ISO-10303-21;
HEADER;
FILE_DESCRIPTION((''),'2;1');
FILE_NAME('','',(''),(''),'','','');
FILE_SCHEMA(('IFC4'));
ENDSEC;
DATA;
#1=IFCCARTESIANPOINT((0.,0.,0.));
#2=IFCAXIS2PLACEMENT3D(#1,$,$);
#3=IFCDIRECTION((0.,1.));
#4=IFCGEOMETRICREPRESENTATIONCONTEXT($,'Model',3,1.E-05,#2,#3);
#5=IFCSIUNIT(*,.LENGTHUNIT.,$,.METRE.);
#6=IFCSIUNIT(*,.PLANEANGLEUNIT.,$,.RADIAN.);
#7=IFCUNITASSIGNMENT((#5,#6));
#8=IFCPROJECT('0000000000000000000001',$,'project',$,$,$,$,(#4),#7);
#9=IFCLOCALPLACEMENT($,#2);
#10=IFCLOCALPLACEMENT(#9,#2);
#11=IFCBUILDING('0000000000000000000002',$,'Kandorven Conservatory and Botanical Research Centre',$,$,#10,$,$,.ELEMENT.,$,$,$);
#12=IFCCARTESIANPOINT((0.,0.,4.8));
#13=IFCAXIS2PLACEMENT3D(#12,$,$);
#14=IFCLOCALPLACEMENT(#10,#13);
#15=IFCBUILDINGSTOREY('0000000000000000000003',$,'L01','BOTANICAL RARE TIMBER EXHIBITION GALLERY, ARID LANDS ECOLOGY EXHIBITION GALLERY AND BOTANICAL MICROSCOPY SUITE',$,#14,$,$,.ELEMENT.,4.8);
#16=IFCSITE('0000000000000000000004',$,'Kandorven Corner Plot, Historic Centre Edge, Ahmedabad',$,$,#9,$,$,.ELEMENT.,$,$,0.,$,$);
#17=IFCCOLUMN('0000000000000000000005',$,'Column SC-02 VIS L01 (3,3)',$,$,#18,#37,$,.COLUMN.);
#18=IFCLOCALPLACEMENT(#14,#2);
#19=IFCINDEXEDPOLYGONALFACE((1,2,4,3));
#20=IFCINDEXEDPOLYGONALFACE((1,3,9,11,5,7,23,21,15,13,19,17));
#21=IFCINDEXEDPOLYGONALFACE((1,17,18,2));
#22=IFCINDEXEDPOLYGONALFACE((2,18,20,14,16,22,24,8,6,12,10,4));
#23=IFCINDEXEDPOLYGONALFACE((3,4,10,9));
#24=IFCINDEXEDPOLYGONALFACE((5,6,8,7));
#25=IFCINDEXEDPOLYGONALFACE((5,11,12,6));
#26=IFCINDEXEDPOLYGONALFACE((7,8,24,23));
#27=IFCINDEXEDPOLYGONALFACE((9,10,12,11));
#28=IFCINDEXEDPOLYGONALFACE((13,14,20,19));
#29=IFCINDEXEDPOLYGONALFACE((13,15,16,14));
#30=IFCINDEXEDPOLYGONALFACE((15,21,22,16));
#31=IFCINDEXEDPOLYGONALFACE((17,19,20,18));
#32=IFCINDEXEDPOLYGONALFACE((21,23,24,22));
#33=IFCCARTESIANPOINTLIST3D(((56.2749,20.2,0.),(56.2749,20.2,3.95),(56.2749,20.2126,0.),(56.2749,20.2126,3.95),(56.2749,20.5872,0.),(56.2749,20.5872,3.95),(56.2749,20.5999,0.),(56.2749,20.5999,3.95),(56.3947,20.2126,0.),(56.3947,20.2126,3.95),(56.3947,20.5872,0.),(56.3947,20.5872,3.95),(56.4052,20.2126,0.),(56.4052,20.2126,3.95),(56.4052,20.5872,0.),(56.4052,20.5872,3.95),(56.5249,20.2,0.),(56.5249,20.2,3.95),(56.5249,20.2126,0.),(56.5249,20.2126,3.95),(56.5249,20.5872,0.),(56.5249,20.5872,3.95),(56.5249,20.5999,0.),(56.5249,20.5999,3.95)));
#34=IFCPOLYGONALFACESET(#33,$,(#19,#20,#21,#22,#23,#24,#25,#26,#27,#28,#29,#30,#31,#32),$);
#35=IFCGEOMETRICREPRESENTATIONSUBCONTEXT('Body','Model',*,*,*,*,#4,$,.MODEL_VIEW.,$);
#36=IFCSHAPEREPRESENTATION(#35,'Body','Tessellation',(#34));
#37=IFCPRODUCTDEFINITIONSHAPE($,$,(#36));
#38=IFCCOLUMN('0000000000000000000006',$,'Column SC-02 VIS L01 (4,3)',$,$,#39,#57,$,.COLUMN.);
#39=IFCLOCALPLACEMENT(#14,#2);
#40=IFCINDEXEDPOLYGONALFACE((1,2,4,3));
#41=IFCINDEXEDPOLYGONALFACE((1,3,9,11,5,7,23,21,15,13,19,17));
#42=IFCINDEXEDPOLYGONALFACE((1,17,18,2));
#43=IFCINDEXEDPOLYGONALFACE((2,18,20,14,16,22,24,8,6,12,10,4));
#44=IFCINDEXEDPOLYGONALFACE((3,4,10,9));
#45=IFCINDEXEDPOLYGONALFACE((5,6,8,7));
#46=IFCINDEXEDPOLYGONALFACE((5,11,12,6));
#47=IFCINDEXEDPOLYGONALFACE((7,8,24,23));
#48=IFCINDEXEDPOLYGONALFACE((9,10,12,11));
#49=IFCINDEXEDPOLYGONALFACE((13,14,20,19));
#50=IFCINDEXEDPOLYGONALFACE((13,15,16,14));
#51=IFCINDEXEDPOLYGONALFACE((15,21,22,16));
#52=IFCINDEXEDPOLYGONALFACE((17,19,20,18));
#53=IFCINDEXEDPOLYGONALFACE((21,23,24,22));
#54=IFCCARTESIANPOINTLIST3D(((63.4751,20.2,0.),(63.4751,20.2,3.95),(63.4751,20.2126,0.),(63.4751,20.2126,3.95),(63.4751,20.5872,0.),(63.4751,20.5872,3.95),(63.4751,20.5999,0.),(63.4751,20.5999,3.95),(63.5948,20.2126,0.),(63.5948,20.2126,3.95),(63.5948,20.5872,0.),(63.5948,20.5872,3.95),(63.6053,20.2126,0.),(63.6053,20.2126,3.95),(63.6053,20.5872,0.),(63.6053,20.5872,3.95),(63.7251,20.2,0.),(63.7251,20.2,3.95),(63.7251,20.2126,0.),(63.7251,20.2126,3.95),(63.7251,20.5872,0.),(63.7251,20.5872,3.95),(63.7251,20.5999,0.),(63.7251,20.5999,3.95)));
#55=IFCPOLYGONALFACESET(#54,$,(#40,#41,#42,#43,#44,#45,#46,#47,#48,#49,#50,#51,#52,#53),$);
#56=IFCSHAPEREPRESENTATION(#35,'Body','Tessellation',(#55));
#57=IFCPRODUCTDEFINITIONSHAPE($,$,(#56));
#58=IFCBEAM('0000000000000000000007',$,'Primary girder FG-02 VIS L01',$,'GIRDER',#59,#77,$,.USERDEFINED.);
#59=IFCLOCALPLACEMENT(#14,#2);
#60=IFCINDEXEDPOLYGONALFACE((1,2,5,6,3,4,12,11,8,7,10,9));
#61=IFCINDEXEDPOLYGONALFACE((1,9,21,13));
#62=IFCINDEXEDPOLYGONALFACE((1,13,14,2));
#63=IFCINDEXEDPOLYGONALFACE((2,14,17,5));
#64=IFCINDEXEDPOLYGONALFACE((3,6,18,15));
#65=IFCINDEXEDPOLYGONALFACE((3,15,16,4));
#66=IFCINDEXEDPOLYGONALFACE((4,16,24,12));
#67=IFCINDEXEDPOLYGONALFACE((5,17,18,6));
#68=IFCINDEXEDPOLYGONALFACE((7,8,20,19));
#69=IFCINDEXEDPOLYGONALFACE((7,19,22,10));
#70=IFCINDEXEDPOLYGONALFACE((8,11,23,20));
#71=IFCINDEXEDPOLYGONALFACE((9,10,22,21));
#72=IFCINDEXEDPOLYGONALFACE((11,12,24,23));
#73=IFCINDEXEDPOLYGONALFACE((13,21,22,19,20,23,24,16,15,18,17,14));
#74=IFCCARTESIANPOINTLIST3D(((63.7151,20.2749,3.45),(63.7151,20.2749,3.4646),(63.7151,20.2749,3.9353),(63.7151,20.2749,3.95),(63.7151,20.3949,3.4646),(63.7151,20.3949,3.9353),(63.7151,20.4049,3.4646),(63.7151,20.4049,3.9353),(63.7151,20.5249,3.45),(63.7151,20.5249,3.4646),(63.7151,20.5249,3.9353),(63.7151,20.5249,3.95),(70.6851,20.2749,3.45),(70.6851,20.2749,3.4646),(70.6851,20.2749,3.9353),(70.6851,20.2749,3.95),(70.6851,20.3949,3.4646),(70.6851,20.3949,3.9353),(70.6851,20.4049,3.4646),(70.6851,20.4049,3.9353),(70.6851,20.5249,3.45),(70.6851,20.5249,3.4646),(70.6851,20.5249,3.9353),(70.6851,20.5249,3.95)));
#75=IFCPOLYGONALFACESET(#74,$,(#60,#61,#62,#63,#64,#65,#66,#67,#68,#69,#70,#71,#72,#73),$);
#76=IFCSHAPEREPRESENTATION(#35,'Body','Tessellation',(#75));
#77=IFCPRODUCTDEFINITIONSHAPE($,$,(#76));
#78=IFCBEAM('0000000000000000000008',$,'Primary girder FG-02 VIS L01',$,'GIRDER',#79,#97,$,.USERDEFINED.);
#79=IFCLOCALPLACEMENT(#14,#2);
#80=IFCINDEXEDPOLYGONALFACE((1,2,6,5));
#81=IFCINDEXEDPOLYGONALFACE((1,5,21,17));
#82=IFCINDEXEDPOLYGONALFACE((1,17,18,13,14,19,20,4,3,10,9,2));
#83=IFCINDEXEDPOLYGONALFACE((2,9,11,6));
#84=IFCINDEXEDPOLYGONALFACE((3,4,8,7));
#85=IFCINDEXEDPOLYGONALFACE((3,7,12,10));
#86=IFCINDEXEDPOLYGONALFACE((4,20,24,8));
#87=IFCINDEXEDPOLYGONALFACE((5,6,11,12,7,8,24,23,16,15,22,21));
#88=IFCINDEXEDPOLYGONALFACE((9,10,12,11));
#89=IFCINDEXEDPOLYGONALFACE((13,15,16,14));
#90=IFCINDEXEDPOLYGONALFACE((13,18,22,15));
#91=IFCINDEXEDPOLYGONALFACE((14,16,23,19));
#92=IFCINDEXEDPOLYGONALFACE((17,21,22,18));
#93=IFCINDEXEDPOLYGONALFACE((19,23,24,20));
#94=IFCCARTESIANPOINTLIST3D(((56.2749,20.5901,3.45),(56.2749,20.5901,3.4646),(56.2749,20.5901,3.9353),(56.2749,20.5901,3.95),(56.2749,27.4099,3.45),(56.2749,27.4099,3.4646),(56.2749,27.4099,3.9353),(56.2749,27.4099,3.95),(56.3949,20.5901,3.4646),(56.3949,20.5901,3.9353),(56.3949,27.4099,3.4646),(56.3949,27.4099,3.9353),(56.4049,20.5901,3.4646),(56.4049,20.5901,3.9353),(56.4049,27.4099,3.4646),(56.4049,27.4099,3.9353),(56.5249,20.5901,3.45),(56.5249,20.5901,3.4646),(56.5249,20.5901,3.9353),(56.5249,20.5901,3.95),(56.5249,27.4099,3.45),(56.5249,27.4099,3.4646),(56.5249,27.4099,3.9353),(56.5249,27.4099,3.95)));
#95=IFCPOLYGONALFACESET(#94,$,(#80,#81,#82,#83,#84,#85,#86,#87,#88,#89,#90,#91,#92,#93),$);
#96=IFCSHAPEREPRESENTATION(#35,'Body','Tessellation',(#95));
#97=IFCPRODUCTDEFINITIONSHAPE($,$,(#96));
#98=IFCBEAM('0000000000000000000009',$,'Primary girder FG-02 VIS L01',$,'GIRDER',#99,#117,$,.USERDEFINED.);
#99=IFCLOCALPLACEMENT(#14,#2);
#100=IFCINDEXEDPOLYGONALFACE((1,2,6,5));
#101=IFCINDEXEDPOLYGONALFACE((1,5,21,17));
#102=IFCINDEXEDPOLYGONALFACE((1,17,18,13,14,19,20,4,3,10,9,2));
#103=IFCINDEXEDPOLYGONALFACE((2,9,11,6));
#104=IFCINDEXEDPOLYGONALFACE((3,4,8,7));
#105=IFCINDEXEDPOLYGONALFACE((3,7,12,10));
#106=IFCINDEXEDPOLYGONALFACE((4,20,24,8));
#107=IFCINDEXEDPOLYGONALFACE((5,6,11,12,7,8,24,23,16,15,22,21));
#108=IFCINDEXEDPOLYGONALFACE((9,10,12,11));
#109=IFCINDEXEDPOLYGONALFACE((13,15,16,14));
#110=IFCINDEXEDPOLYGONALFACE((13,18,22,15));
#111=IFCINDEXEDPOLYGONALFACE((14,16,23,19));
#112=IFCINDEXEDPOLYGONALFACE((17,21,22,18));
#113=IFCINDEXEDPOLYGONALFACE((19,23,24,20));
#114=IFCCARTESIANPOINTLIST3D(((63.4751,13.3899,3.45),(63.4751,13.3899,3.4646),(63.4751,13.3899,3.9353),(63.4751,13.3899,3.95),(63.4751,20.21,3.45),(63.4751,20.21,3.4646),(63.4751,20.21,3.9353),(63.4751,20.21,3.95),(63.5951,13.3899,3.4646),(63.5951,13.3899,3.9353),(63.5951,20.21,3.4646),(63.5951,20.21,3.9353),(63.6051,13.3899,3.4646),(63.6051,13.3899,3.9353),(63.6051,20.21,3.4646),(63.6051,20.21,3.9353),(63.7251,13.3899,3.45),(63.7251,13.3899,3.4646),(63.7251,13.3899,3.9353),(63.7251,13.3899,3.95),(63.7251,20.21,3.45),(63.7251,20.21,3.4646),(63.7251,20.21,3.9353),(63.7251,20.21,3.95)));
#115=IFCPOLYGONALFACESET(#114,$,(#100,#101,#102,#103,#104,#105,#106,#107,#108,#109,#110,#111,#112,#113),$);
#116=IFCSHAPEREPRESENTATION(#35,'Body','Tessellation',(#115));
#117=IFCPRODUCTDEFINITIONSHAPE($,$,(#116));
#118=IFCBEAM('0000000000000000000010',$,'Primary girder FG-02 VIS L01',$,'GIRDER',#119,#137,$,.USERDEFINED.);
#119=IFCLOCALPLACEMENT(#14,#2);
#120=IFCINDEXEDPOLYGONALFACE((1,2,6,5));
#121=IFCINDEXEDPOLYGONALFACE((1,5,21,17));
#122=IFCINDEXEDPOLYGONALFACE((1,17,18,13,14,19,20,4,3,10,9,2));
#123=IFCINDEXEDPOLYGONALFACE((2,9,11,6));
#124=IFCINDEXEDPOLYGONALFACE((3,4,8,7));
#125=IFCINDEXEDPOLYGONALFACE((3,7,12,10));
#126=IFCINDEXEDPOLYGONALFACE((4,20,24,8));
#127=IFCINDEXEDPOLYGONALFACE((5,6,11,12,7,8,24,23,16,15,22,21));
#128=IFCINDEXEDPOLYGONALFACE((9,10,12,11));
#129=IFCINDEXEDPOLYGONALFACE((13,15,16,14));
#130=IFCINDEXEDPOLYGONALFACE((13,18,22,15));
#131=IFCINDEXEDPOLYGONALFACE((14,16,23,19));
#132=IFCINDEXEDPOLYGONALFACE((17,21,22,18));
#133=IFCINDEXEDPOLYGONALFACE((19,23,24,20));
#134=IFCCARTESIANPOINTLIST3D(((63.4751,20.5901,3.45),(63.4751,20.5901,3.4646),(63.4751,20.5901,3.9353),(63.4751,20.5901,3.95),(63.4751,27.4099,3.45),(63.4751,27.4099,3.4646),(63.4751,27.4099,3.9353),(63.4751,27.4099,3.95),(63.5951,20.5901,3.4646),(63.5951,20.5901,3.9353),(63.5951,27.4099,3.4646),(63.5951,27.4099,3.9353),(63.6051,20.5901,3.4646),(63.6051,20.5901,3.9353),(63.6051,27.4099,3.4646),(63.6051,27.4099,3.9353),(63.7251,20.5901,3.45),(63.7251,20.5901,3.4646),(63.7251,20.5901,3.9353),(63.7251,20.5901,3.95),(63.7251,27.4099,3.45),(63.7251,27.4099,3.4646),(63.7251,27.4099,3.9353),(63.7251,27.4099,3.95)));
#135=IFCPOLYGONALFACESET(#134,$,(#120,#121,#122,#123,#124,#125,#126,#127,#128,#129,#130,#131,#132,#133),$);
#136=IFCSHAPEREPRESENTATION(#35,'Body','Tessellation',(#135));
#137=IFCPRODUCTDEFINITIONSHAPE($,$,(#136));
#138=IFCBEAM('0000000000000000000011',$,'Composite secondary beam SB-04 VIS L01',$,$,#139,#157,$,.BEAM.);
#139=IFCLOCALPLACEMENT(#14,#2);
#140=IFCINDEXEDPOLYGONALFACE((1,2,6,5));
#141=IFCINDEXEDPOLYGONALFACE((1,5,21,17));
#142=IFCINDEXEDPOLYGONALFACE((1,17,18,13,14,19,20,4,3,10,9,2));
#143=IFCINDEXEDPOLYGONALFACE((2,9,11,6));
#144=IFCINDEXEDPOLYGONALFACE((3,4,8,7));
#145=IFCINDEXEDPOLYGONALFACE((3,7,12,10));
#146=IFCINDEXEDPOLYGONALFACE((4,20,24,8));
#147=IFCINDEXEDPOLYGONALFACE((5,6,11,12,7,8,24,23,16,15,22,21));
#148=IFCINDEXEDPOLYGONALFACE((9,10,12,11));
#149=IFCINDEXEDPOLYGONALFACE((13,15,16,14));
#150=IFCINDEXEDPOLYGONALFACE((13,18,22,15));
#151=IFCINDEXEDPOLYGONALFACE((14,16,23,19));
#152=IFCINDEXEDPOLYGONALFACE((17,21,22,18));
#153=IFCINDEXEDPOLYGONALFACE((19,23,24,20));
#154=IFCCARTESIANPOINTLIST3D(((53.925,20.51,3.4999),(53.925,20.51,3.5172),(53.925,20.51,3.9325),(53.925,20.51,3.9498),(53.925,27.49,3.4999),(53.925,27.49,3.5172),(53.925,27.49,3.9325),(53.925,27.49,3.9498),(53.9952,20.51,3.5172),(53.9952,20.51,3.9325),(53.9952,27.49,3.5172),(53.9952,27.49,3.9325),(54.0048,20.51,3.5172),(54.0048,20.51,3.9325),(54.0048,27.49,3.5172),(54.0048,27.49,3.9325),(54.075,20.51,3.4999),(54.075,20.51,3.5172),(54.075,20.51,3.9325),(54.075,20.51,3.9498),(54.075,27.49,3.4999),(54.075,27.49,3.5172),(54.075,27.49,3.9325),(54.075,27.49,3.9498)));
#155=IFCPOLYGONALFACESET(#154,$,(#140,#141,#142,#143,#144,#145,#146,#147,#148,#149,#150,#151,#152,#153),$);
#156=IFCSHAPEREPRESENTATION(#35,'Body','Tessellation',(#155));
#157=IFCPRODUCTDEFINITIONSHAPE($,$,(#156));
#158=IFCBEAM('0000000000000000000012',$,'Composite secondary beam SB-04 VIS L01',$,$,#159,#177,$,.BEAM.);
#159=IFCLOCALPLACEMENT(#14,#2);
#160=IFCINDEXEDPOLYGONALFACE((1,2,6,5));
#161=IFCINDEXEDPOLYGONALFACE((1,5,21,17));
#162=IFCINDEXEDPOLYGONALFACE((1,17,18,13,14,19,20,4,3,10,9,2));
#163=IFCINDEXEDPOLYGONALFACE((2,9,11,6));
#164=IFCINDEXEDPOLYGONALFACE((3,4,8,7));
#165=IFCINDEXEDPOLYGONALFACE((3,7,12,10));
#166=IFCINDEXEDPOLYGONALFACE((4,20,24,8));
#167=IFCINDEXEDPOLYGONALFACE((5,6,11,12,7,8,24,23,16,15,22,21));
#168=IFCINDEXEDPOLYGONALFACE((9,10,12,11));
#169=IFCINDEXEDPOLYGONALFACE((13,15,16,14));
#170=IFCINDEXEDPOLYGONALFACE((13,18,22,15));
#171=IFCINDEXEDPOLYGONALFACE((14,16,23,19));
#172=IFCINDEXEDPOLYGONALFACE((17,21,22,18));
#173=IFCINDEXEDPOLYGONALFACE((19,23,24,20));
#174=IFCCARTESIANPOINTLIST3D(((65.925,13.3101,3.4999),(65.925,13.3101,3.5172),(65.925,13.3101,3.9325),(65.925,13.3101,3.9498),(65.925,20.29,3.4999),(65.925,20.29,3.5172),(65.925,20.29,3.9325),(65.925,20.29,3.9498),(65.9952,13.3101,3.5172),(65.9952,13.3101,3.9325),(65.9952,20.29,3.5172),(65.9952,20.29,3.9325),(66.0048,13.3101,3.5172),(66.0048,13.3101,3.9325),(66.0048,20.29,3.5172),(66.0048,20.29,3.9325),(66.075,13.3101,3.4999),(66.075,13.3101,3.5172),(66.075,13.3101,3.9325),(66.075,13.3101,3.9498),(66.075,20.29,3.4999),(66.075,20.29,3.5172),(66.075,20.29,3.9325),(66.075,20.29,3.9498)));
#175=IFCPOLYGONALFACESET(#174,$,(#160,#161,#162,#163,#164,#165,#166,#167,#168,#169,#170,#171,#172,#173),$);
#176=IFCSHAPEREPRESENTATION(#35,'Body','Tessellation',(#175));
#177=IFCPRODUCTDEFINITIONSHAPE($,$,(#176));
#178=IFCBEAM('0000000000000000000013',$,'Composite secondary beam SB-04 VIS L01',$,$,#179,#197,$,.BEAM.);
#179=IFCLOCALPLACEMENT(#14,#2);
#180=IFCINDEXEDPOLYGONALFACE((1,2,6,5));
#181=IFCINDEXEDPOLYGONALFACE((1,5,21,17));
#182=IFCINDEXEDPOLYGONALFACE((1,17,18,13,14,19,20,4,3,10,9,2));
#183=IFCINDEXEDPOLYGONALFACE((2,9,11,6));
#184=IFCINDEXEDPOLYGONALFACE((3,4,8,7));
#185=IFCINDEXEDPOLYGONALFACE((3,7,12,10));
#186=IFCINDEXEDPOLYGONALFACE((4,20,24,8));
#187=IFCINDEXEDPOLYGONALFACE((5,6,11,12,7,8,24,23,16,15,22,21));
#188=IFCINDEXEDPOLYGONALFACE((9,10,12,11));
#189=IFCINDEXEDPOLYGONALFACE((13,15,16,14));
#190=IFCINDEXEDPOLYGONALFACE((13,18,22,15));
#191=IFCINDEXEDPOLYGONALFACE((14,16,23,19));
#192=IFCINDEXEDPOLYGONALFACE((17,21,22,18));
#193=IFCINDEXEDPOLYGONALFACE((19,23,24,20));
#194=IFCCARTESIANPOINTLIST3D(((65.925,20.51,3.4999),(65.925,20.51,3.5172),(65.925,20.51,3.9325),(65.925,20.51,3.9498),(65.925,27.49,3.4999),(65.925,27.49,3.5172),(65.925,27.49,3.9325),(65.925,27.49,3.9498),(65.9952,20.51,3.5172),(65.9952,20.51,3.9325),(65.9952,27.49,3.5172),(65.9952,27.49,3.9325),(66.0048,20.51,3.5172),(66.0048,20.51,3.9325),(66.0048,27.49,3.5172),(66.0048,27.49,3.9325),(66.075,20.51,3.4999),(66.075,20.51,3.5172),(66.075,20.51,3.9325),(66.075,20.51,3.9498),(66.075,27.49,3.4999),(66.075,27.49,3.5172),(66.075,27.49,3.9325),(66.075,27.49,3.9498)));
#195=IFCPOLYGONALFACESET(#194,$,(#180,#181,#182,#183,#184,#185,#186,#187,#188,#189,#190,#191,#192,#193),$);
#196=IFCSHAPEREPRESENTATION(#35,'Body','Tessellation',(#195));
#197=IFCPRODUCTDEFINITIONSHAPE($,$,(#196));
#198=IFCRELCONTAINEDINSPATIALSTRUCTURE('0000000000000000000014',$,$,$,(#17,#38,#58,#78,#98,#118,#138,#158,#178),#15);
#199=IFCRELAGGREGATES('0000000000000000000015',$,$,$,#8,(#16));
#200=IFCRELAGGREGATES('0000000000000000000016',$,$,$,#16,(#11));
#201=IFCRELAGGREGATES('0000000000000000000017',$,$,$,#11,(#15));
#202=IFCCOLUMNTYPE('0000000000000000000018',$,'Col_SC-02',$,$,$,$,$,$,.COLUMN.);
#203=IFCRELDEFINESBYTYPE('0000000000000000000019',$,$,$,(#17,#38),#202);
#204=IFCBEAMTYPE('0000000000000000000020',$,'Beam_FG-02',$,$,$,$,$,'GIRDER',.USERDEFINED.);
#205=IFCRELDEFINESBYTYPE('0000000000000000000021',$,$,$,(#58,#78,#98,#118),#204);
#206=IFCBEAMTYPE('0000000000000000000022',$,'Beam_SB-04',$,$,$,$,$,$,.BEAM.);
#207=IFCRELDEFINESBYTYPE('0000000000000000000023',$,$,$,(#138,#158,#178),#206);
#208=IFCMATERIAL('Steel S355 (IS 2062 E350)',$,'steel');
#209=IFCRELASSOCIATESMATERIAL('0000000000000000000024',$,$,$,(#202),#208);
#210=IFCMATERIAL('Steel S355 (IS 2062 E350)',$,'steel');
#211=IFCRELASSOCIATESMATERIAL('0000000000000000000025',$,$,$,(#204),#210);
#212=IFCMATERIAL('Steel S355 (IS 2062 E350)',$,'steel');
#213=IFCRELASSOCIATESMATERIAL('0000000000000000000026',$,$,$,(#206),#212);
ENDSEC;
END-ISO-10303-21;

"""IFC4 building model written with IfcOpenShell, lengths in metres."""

from ifc_helpers import new_model, si_unit, direction, frame, origin, origin_2d, place, context, subcontext, project, spatial, i_section, extrude, material, material_profile, profile_set, type_object, element, save


model = new_model("IFC4")

# Units and contexts
model_context = context("Model", 3, precision=1e-05, world=origin(), true_north=direction((0.0, 1.0)))
body_context = subcontext(model_context, "Body", "Model", "MODEL_VIEW")
ifc_project = project(units=[si_unit("LENGTHUNIT", "METRE"), si_unit("PLANEANGLEUNIT", "RADIAN")], contexts=[model_context])

# Site, building, storey
site_placement = place(None, origin())
site = spatial("IfcSite", under=ifc_project, at=site_placement, Name="Kandorven Corner Plot, Historic Centre Edge, Ahmedabad", CompositionType="ELEMENT", RefElevation=0.0)
building_placement = place(site_placement, origin())
building = spatial("IfcBuilding", under=site, at=building_placement, Name="Kandorven Conservatory and Botanical Research Centre", CompositionType="ELEMENT")
storey_placement = place(building_placement, frame((0.0, 0.0, 4.8)))
storey = spatial("IfcBuildingStorey", under=building, at=storey_placement, Name="L01", Description="BOTANICAL RARE TIMBER EXHIBITION GALLERY, ARID LANDS ECOLOGY EXHIBITION GALLERY AND BOTANICAL MICROSCOPY SUITE", CompositionType="ELEMENT", Elevation=4.8)

# Columns
ifc_material_1 = material(Name="Steel S355 (IS 2062 E350)", Category="steel")
ifc_material_profile_1 = material_profile(ifc_material_1, i_section(OverallWidth=0.25, OverallDepth=0.3999, WebThickness=0.0105, FlangeThickness=0.0127, at=origin_2d()))
ifc_profile_set_1 = profile_set([ifc_material_profile_1], Name="Steel S355 (IS 2062 E350)")
column_type = type_object("IfcColumnType", Name="Col_SC-02", PredefinedType="COLUMN", material=ifc_profile_set_1)
for number, where, z_axis, x_axis, name in (
    (1, (56.3999, 20.3999, 0.0), (0.0, 0.0, 1.0), (1.0, 0.0, 0.0), "Column SC-02 VIS L01 (3,3)"),
    (2, (63.6001, 20.3999, 0.0), (0.0, 0.0, 1.0), (1.0, 0.0, 0.0), "Column SC-02 VIS L01 (4,3)"),
):
    element("IfcColumn", number, at=place(storey_placement, frame(where, z_axis=z_axis, x_axis=x_axis)), inside=storey, type_object=column_type, Name=name, PredefinedType="COLUMN", context=body_context, shape_type="SweptSolid", body=[
        extrude(i_section(OverallWidth=0.25, OverallDepth=0.3999, WebThickness=0.0105, FlangeThickness=0.0127, at=origin_2d()), origin(), (0.0, 0.0, 1.0), 3.95),
    ])

# Beams
ifc_material_2 = material(Name="Steel S355 (IS 2062 E350)", Category="steel")
ifc_material_profile_2 = material_profile(ifc_material_2, i_section(OverallWidth=0.25, OverallDepth=0.5, WebThickness=0.01, FlangeThickness=0.0146, at=origin_2d()))
ifc_profile_set_2 = profile_set([ifc_material_profile_2], Name="Steel S355 (IS 2062 E350)")
beam_type_1 = type_object("IfcBeamType", Name="Beam_FG-02", ElementType="GIRDER", PredefinedType="USERDEFINED", material=ifc_profile_set_2)
beam_1_placement = place(storey_placement, frame((63.7151, 20.3999, 3.7), z_axis=(1.0, 0.0, 0.0), x_axis=(0.0, 1.0, 0.0)))
element("IfcBeam", 3, at=beam_1_placement, inside=storey, type_object=beam_type_1, Name="Primary girder FG-02 VIS L01", ObjectType="GIRDER", PredefinedType="USERDEFINED", context=body_context, shape_type="SweptSolid", body=[
    extrude(i_section(OverallWidth=0.25, OverallDepth=0.5, WebThickness=0.01, FlangeThickness=0.0146, at=origin_2d()), origin(), (0.0, 0.0, 1.0), 6.97),
])
beam_2_placement = place(storey_placement, frame((56.3999, 20.5901, 3.7), z_axis=(0.0, 1.0, 0.0), x_axis=(-1.0, 0.0, 0.0)))
element("IfcBeam", 4, at=beam_2_placement, inside=storey, type_object=beam_type_1, Name="Primary girder FG-02 VIS L01", ObjectType="GIRDER", PredefinedType="USERDEFINED", context=body_context, shape_type="SweptSolid", body=[
    extrude(i_section(OverallWidth=0.25, OverallDepth=0.5, WebThickness=0.01, FlangeThickness=0.0146, at=origin_2d()), origin(), (0.0, 0.0, 1.0), 6.8198),
])
beam_3_placement = place(storey_placement, frame((63.6001, 13.3899, 3.7), z_axis=(0.0, 1.0, 0.0), x_axis=(-1.0, 0.0, 0.0)))
element("IfcBeam", 5, at=beam_3_placement, inside=storey, type_object=beam_type_1, Name="Primary girder FG-02 VIS L01", ObjectType="GIRDER", PredefinedType="USERDEFINED", context=body_context, shape_type="SweptSolid", body=[
    extrude(i_section(OverallWidth=0.25, OverallDepth=0.5, WebThickness=0.01, FlangeThickness=0.0146, at=origin_2d()), origin(), (0.0, 0.0, 1.0), 6.8201),
])
beam_4_placement = place(storey_placement, frame((63.6001, 20.5901, 3.7), z_axis=(0.0, 1.0, 0.0), x_axis=(-1.0, 0.0, 0.0)))
element("IfcBeam", 6, at=beam_4_placement, inside=storey, type_object=beam_type_1, Name="Primary girder FG-02 VIS L01", ObjectType="GIRDER", PredefinedType="USERDEFINED", context=body_context, shape_type="SweptSolid", body=[
    extrude(i_section(OverallWidth=0.25, OverallDepth=0.5, WebThickness=0.01, FlangeThickness=0.0146, at=origin_2d()), origin(), (0.0, 0.0, 1.0), 6.8198),
])
ifc_material_3 = material(Name="Steel S355 (IS 2062 E350)", Category="steel")
ifc_material_profile_3 = material_profile(ifc_material_3, i_section(OverallWidth=0.1499, OverallDepth=0.45, WebThickness=0.0095, FlangeThickness=0.0173, at=origin_2d()))
ifc_profile_set_3 = profile_set([ifc_material_profile_3], Name="Steel S355 (IS 2062 E350)")
beam_type_2 = type_object("IfcBeamType", Name="Beam_SB-04", PredefinedType="BEAM", material=ifc_profile_set_3)
for number, where, z_axis, x_axis, name in (
    (7, (54.0, 20.51, 3.7249), (0.0, 1.0, 0.0), (-1.0, 0.0, 0.0), "Composite secondary beam SB-04 VIS L01"),
    (8, (66.0, 13.3101, 3.7249), (0.0, 1.0, 0.0), (-1.0, 0.0, 0.0), "Composite secondary beam SB-04 VIS L01"),
    (9, (66.0, 20.51, 3.7249), (0.0, 1.0, 0.0), (-1.0, 0.0, 0.0), "Composite secondary beam SB-04 VIS L01"),
):
    element("IfcBeam", number, at=place(storey_placement, frame(where, z_axis=z_axis, x_axis=x_axis)), inside=storey, type_object=beam_type_2, Name=name, PredefinedType="BEAM", context=body_context, shape_type="SweptSolid", body=[
        extrude(i_section(OverallWidth=0.1499, OverallDepth=0.45, WebThickness=0.0095, FlangeThickness=0.0173, at=origin_2d()), origin(), (0.0, 0.0, 1.0), 6.98),
    ])

save(model, "model.ifc")
